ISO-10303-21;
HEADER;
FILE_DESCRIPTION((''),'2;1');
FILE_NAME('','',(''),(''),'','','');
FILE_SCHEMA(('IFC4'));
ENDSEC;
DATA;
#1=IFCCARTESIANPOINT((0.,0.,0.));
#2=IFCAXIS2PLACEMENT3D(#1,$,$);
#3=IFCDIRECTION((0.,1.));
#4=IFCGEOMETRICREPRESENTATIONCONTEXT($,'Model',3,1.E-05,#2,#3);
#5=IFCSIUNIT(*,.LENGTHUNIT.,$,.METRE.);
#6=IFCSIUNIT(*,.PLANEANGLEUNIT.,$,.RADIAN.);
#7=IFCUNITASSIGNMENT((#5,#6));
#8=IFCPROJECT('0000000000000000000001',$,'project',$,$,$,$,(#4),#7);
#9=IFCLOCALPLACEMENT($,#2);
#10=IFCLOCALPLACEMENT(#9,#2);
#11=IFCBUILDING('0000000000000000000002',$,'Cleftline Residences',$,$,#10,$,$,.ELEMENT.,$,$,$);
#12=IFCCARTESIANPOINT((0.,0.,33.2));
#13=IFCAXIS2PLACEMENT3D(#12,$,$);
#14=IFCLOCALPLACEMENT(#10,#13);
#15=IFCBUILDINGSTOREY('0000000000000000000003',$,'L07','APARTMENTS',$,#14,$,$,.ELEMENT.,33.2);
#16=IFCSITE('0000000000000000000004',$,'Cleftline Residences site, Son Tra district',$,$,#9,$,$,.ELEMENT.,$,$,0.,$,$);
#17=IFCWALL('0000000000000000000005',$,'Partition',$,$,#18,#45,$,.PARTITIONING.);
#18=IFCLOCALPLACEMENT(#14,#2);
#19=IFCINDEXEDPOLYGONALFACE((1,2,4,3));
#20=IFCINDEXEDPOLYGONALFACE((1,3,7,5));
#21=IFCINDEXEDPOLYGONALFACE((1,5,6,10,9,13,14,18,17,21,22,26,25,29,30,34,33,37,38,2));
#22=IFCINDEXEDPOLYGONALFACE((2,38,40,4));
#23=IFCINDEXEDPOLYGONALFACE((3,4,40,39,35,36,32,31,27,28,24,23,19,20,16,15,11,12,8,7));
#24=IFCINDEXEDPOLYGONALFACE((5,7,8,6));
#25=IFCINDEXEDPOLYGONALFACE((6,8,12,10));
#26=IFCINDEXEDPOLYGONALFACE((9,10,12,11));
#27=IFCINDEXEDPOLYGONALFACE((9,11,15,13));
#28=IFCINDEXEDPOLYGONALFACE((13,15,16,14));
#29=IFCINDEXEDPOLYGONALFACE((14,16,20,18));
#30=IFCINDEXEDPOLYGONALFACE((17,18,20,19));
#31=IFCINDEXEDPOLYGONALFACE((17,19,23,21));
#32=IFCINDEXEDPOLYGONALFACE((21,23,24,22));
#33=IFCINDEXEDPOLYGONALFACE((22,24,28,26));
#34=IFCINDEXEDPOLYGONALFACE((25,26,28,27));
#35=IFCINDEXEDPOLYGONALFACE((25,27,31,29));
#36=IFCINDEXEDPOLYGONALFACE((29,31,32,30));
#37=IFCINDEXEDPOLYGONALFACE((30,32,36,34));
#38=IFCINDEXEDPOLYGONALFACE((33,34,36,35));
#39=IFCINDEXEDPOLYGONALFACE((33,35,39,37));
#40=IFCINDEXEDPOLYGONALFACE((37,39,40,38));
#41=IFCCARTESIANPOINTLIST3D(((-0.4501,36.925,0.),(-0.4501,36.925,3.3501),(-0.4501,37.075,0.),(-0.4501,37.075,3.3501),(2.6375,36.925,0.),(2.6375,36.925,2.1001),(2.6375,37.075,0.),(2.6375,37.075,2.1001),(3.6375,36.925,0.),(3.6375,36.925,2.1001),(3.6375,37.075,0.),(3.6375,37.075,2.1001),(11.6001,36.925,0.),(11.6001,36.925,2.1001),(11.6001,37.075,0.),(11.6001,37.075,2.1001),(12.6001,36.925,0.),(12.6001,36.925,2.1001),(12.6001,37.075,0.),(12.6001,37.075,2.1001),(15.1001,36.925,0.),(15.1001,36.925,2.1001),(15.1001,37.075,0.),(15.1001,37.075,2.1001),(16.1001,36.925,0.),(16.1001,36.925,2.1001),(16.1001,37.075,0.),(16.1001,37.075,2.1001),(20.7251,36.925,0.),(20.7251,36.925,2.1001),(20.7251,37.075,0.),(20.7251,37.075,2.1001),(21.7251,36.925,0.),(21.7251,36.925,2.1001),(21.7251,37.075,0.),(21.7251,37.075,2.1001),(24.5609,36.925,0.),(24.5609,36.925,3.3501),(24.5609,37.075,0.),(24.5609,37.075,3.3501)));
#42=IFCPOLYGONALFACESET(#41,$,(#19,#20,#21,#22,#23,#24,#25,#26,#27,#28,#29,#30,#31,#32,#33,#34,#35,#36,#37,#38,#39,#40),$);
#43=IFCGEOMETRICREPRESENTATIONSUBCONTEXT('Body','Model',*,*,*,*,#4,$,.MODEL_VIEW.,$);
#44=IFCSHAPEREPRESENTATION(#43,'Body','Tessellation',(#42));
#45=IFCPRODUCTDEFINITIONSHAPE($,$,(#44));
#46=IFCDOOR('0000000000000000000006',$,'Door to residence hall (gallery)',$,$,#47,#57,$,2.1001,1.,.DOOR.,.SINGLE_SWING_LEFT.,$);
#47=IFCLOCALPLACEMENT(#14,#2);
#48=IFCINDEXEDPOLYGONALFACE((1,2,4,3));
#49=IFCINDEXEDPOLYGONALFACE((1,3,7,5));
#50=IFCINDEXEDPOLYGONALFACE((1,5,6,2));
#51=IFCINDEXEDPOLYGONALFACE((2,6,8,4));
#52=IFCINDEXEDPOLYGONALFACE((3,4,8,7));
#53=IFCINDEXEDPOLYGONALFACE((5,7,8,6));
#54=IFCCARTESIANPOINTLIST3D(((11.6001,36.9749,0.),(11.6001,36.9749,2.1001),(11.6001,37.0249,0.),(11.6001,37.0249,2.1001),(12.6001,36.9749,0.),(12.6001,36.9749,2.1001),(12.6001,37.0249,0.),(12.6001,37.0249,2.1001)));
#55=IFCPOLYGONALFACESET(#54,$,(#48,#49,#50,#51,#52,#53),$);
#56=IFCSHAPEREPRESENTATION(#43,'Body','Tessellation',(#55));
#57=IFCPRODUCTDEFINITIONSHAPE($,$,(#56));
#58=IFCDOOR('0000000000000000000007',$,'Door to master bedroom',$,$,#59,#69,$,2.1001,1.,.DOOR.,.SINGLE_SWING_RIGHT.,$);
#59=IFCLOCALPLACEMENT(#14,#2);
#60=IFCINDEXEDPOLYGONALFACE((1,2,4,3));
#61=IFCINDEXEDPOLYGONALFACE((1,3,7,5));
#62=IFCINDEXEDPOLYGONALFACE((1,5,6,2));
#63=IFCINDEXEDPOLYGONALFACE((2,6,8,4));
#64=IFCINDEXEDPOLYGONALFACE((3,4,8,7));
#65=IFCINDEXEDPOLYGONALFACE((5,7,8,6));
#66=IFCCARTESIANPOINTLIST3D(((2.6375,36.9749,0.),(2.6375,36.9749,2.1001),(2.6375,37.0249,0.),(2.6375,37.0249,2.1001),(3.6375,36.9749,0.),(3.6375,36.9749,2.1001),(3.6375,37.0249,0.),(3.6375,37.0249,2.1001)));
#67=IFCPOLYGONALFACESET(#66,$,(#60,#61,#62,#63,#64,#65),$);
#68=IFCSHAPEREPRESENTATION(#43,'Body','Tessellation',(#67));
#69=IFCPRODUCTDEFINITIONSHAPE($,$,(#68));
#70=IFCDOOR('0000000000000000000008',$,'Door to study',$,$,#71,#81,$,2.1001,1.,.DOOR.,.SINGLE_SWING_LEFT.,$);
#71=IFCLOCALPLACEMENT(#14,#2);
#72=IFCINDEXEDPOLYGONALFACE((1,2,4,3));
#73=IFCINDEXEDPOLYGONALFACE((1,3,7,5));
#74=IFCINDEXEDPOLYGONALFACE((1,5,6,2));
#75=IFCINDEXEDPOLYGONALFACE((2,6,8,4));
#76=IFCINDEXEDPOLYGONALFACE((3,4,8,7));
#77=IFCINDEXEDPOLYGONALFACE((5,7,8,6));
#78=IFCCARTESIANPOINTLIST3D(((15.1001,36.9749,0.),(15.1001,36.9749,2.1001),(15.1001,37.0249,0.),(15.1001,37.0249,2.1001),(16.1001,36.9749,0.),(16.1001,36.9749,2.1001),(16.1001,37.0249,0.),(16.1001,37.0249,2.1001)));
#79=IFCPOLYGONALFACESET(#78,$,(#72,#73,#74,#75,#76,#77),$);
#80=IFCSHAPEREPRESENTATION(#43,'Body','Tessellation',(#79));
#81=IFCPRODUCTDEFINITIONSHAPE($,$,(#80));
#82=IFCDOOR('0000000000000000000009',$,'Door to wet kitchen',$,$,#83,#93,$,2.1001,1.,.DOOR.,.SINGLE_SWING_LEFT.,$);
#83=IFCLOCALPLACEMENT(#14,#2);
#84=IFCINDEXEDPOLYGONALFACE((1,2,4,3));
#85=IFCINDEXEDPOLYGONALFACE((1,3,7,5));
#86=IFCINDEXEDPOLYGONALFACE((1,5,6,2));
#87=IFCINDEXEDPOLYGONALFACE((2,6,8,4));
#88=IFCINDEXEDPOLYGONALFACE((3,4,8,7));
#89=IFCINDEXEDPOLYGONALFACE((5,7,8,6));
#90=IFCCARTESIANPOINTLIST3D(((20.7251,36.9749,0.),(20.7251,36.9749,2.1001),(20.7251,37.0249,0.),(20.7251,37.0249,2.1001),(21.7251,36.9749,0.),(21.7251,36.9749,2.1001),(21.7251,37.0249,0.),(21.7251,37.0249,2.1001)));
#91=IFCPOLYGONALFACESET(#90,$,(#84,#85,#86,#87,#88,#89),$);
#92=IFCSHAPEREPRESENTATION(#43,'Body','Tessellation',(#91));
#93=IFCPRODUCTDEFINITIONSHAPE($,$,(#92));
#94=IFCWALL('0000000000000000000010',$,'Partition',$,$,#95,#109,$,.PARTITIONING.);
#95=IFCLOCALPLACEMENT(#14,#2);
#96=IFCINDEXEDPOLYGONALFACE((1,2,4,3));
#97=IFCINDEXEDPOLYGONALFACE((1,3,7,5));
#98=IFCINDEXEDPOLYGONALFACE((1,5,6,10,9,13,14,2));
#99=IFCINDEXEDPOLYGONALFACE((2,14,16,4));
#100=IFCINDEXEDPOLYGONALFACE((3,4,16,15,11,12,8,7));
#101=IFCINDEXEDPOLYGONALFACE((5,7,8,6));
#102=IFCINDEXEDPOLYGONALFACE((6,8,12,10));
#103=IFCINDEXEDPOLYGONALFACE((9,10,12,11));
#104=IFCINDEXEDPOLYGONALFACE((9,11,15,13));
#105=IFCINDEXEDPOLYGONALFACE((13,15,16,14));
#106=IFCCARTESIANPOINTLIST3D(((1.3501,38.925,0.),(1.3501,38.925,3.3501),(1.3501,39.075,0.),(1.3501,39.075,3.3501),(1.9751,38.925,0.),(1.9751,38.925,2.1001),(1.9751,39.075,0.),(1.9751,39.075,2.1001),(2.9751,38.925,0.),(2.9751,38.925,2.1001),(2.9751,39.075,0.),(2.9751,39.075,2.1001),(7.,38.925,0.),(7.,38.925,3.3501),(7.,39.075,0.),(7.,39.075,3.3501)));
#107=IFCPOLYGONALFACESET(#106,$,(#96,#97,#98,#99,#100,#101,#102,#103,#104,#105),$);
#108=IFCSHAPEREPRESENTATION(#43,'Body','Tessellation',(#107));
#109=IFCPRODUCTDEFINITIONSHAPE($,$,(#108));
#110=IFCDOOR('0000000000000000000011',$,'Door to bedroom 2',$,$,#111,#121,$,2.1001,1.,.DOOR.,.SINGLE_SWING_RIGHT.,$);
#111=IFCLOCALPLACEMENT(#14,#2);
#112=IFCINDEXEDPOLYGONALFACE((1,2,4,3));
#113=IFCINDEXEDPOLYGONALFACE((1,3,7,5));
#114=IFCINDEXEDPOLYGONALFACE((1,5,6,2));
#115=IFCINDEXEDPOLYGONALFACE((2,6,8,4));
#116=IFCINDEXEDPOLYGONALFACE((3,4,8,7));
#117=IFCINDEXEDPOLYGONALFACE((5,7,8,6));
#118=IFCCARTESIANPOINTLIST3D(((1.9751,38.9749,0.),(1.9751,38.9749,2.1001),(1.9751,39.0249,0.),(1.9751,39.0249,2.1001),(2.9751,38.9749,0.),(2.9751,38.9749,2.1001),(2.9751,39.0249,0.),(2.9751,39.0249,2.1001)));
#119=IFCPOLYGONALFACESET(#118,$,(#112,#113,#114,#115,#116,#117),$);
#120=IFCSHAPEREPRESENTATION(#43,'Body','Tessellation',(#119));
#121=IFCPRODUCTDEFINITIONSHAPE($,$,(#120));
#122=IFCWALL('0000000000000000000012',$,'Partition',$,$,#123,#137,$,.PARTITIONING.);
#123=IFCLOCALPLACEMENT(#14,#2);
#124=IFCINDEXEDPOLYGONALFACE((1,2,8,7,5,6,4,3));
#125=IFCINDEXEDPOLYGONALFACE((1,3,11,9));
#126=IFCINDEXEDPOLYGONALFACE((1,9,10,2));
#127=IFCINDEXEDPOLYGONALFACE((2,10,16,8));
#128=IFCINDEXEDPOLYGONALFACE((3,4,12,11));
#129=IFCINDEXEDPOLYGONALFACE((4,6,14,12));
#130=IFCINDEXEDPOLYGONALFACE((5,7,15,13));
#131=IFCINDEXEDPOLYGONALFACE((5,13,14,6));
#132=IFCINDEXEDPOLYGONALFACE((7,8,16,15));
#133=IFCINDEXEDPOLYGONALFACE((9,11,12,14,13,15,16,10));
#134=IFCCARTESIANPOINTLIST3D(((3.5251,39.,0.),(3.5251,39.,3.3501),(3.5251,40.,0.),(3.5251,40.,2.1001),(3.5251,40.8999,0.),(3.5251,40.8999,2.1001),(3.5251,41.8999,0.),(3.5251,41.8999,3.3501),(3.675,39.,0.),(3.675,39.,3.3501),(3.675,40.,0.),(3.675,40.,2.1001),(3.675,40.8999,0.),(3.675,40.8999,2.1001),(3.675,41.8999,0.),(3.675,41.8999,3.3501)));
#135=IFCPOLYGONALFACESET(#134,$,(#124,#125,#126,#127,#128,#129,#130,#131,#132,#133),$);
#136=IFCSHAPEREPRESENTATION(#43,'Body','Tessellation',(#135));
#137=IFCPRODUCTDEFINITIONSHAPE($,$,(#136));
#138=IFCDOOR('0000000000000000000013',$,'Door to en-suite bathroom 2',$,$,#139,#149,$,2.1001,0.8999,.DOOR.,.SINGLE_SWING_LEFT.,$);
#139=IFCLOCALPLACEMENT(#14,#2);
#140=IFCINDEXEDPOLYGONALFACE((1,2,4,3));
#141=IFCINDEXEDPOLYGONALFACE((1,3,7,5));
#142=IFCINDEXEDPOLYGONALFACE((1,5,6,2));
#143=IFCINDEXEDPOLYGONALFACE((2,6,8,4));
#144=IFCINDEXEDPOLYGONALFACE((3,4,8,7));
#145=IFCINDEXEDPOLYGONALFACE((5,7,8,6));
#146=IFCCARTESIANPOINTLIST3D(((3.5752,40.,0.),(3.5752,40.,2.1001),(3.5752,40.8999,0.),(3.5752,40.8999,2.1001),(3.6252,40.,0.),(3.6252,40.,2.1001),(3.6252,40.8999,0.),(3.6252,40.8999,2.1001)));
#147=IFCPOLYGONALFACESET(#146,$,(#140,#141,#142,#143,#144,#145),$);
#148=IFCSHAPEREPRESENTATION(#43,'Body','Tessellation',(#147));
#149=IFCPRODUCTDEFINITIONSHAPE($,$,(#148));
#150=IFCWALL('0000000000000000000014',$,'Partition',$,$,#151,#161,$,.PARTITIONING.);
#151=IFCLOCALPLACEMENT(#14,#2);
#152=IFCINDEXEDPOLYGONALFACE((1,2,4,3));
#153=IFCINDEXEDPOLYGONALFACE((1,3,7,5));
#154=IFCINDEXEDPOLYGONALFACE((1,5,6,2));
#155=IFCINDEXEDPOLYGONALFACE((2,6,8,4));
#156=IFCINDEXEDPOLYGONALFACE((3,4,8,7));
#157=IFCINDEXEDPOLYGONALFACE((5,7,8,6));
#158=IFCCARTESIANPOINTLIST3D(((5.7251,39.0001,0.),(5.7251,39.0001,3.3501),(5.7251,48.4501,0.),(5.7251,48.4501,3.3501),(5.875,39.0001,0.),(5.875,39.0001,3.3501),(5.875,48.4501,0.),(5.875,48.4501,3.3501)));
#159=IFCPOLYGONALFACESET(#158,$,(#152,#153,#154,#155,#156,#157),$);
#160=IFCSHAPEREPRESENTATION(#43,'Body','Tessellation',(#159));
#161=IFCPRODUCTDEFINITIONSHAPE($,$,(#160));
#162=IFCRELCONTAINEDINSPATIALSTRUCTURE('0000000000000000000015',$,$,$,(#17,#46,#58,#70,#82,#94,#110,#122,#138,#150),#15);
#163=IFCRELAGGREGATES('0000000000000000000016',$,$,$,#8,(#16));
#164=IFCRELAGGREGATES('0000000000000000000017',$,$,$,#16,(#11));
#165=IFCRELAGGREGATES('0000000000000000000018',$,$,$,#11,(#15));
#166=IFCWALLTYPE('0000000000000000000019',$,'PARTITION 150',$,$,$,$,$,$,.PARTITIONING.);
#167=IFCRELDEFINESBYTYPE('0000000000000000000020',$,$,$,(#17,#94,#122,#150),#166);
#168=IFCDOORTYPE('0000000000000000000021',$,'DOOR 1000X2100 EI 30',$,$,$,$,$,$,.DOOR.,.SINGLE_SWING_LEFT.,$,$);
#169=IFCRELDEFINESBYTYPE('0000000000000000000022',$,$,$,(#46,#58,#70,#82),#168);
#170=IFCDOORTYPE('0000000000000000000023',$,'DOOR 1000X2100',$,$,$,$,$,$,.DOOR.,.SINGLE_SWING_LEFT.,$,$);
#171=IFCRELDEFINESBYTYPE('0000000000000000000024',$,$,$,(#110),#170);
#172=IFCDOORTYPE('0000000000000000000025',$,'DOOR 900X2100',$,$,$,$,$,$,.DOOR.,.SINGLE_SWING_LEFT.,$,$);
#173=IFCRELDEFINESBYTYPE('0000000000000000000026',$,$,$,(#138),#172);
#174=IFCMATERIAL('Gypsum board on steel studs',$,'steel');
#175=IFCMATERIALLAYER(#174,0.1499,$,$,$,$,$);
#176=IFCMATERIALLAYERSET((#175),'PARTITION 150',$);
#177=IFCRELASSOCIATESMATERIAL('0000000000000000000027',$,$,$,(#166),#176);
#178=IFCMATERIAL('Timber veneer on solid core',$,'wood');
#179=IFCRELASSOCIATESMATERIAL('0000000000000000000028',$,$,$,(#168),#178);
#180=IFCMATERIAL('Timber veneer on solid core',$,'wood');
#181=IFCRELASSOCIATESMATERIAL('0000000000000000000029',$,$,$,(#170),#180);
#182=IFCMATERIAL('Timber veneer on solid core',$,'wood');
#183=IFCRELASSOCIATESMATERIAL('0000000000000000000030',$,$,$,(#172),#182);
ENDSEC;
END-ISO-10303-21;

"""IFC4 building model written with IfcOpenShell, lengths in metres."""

from ifc_helpers import new_model, si_unit, direction, frame, frame_2d, origin, place, context, subcontext, project, spatial, rectangle, extrude, material, layer, layer_set, type_object, element, fill, save


model = new_model("IFC4")

# Units and contexts
model_context = context("Model", 3, precision=1e-05, world=origin(), true_north=direction((0.0, 1.0)))
body_context = subcontext(model_context, "Body", "Model", "MODEL_VIEW")
ifc_project = project(units=[si_unit("LENGTHUNIT", "METRE"), si_unit("PLANEANGLEUNIT", "RADIAN")], contexts=[model_context])

# Site, building, storey
site_placement = place(None, origin())
site = spatial("IfcSite", under=ifc_project, at=site_placement, Name="Cleftline Residences site, Son Tra district", CompositionType="ELEMENT", RefElevation=0.0)
building_placement = place(site_placement, origin())
building = spatial("IfcBuilding", under=site, at=building_placement, Name="Cleftline Residences", CompositionType="ELEMENT")
storey_placement = place(building_placement, frame((0.0, 0.0, 33.2)))
storey = spatial("IfcBuildingStorey", under=building, at=storey_placement, Name="L07", Description="APARTMENTS", CompositionType="ELEMENT", Elevation=33.2)

# Shared definitions
ifc_material_1 = material(Name="Gypsum board on steel studs", Category="steel")
ifc_layer = layer(ifc_material_1, 0.1499)
ifc_layer_set = layer_set([ifc_layer], Name="PARTITION 150")
wall_type = type_object("IfcWallType", Name="PARTITION 150", PredefinedType="PARTITIONING", material=ifc_layer_set)

# Wall, openings, doors
wall_1_placement = place(storey_placement, frame((-0.45, 37.0, 0.0), z_axis=(0.0, 0.0, 1.0), x_axis=(1.0, 0.0, 0.0)))
wall_1 = element("IfcWall", 1, at=wall_1_placement, inside=storey, type_object=wall_type, Name="Partition", PredefinedType="PARTITIONING", context=body_context, shape_type="SweptSolid", body=[
    extrude(rectangle(XDim=25.011, YDim=0.1499, at=frame_2d((12.5054, 0.0))), origin(), (0.0, 0.0, 1.0), 3.3501),
])
opening_1_placement = place(wall_1_placement, frame((12.05, 0.0, 0.0)))
opening_1 = element("IfcOpeningElement", 2, at=opening_1_placement, cuts=wall_1, PredefinedType="OPENING", context=body_context, shape_type="SweptSolid", body=[
    extrude(rectangle(XDim=1.0, YDim=2.1001, at=frame_2d((0.5, 1.05))), frame((0.0, 0.085, 0.0), z_axis=(0.0, -1.0, 0.0), x_axis=(1.0, 0.0, 0.0)), (0.0, 0.0, 1.0), 0.1699),
])
opening_2_placement = place(wall_1_placement, frame((3.0874, 0.0, 0.0)))
opening_2 = element("IfcOpeningElement", 3, at=opening_2_placement, cuts=wall_1, PredefinedType="OPENING", context=body_context, shape_type="SweptSolid", body=[
    extrude(rectangle(XDim=1.0, YDim=2.1001, at=frame_2d((0.5, 1.05))), frame((0.0, 0.085, 0.0), z_axis=(0.0, -1.0, 0.0), x_axis=(1.0, 0.0, 0.0)), (0.0, 0.0, 1.0), 0.1699),
])
opening_3_placement = place(wall_1_placement, frame((15.55, 0.0, 0.0)))
opening_3 = element("IfcOpeningElement", 4, at=opening_3_placement, cuts=wall_1, PredefinedType="OPENING", context=body_context, shape_type="SweptSolid", body=[
    extrude(rectangle(XDim=1.0, YDim=2.1001, at=frame_2d((0.5, 1.05))), frame((0.0, 0.085, 0.0), z_axis=(0.0, -1.0, 0.0), x_axis=(1.0, 0.0, 0.0)), (0.0, 0.0, 1.0), 0.1699),
])
opening_4_placement = place(wall_1_placement, frame((21.175, 0.0, 0.0)))
opening_4 = element("IfcOpeningElement", 5, at=opening_4_placement, cuts=wall_1, PredefinedType="OPENING", context=body_context, shape_type="SweptSolid", body=[
    extrude(rectangle(XDim=1.0, YDim=2.1001, at=frame_2d((0.5, 1.05))), frame((0.0, 0.085, 0.0), z_axis=(0.0, -1.0, 0.0), x_axis=(1.0, 0.0, 0.0)), (0.0, 0.0, 1.0), 0.1699),
])
ifc_material_2 = material(Name="Timber veneer on solid core", Category="wood")
door_type_1 = type_object("IfcDoorType", Name="DOOR 1000X2100 EI 30", OperationType="SINGLE_SWING_LEFT", PredefinedType="DOOR", material=ifc_material_2)
door_1_placement = place(opening_1_placement, origin())
door_1 = element("IfcDoor", 6, at=door_1_placement, inside=storey, type_object=door_type_1, Name="Door to residence hall (gallery)", OperationType="SINGLE_SWING_LEFT", OverallHeight=2.1001, OverallWidth=1.0, PredefinedType="DOOR", context=body_context, shape_type="SweptSolid", body=[
    extrude(rectangle(XDim=1.0, YDim=2.1001, at=frame_2d((0.5, 1.05))), frame((0.0, 0.0249, 0.0), z_axis=(0.0, -1.0, 0.0), x_axis=(1.0, 0.0, 0.0)), (0.0, 0.0, 1.0), 0.05),
])
fill(opening_1, door_1)
door_2_placement = place(opening_2_placement, origin())
door_2 = element("IfcDoor", 7, at=door_2_placement, inside=storey, type_object=door_type_1, Name="Door to master bedroom", OperationType="SINGLE_SWING_RIGHT", OverallHeight=2.1001, OverallWidth=1.0, PredefinedType="DOOR", context=body_context, shape_type="SweptSolid", body=[
    extrude(rectangle(XDim=1.0, YDim=2.1001, at=frame_2d((0.5, 1.05))), frame((0.0, 0.0249, 0.0), z_axis=(0.0, -1.0, 0.0), x_axis=(1.0, 0.0, 0.0)), (0.0, 0.0, 1.0), 0.05),
])
fill(opening_2, door_2)
door_3_placement = place(opening_3_placement, origin())
door_3 = element("IfcDoor", 8, at=door_3_placement, inside=storey, type_object=door_type_1, Name="Door to study", OperationType="SINGLE_SWING_LEFT", OverallHeight=2.1001, OverallWidth=1.0, PredefinedType="DOOR", context=body_context, shape_type="SweptSolid", body=[
    extrude(rectangle(XDim=1.0, YDim=2.1001, at=frame_2d((0.5, 1.05))), frame((0.0, 0.0249, 0.0), z_axis=(0.0, -1.0, 0.0), x_axis=(1.0, 0.0, 0.0)), (0.0, 0.0, 1.0), 0.05),
])
fill(opening_3, door_3)
door_4_placement = place(opening_4_placement, origin())
door_4 = element("IfcDoor", 9, at=door_4_placement, inside=storey, type_object=door_type_1, Name="Door to wet kitchen", OperationType="SINGLE_SWING_LEFT", OverallHeight=2.1001, OverallWidth=1.0, PredefinedType="DOOR", context=body_context, shape_type="SweptSolid", body=[
    extrude(rectangle(XDim=1.0, YDim=2.1001, at=frame_2d((0.5, 1.05))), frame((0.0, 0.0249, 0.0), z_axis=(0.0, -1.0, 0.0), x_axis=(1.0, 0.0, 0.0)), (0.0, 0.0, 1.0), 0.05),
])
fill(opening_4, door_4)

# Walls, openings, doors
wall_2_placement = place(storey_placement, frame((1.3501, 39.0, 0.0), z_axis=(0.0, 0.0, 1.0), x_axis=(1.0, 0.0, 0.0)))
wall_2 = element("IfcWall", 10, at=wall_2_placement, inside=storey, type_object=wall_type, Name="Partition", PredefinedType="PARTITIONING", context=body_context, shape_type="SweptSolid", body=[
    extrude(rectangle(XDim=5.6499, YDim=0.1499, at=frame_2d((2.825, 0.0))), origin(), (0.0, 0.0, 1.0), 3.3501),
])
opening_5_placement = place(wall_2_placement, frame((0.625, 0.0, 0.0)))
opening_5 = element("IfcOpeningElement", 11, at=opening_5_placement, cuts=wall_2, PredefinedType="OPENING", context=body_context, shape_type="SweptSolid", body=[
    extrude(rectangle(XDim=1.0, YDim=2.1001, at=frame_2d((0.5, 1.05))), frame((0.0, 0.085, 0.0), z_axis=(0.0, -1.0, 0.0), x_axis=(1.0, 0.0, 0.0)), (0.0, 0.0, 1.0), 0.1699),
])
ifc_material_3 = material(Name="Timber veneer on solid core", Category="wood")
door_type_2 = type_object("IfcDoorType", Name="DOOR 1000X2100", OperationType="SINGLE_SWING_LEFT", PredefinedType="DOOR", material=ifc_material_3)
door_5_placement = place(opening_5_placement, origin())
door_5 = element("IfcDoor", 12, at=door_5_placement, inside=storey, type_object=door_type_2, Name="Door to bedroom 2", OperationType="SINGLE_SWING_RIGHT", OverallHeight=2.1001, OverallWidth=1.0, PredefinedType="DOOR", context=body_context, shape_type="SweptSolid", body=[
    extrude(rectangle(XDim=1.0, YDim=2.1001, at=frame_2d((0.5, 1.05))), frame((0.0, 0.0249, 0.0), z_axis=(0.0, -1.0, 0.0), x_axis=(1.0, 0.0, 0.0)), (0.0, 0.0, 1.0), 0.05),
])
fill(opening_5, door_5)
wall_3_placement = place(storey_placement, frame((3.6001, 39.0, 0.0), z_axis=(0.0, 0.0, 1.0), x_axis=(0.0, 1.0, 0.0)))
wall_3 = element("IfcWall", 13, at=wall_3_placement, inside=storey, type_object=wall_type, Name="Partition", PredefinedType="PARTITIONING", context=body_context, shape_type="SweptSolid", body=[
    extrude(rectangle(XDim=2.8999, YDim=0.1499, at=frame_2d((1.45, 0.0))), origin(), (0.0, 0.0, 1.0), 3.3501),
])
opening_6_placement = place(wall_3_placement, frame((1.0, 0.0, 0.0)))
opening_6 = element("IfcOpeningElement", 14, at=opening_6_placement, cuts=wall_3, PredefinedType="OPENING", context=body_context, shape_type="SweptSolid", body=[
    extrude(rectangle(XDim=0.8999, YDim=2.1001, at=frame_2d((0.45, 1.05))), frame((0.0, 0.085, 0.0), z_axis=(0.0, -1.0, 0.0), x_axis=(1.0, 0.0, 0.0)), (0.0, 0.0, 1.0), 0.1699),
])
ifc_material_4 = material(Name="Timber veneer on solid core", Category="wood")
door_type_3 = type_object("IfcDoorType", Name="DOOR 900X2100", OperationType="SINGLE_SWING_LEFT", PredefinedType="DOOR", material=ifc_material_4)
door_6_placement = place(opening_6_placement, origin())
door_6 = element("IfcDoor", 15, at=door_6_placement, inside=storey, type_object=door_type_3, Name="Door to en-suite bathroom 2", OperationType="SINGLE_SWING_LEFT", OverallHeight=2.1001, OverallWidth=0.8999, PredefinedType="DOOR", context=body_context, shape_type="SweptSolid", body=[
    extrude(rectangle(XDim=0.8999, YDim=2.1001, at=frame_2d((0.45, 1.05))), frame((0.0, 0.0249, 0.0), z_axis=(0.0, -1.0, 0.0), x_axis=(1.0, 0.0, 0.0)), (0.0, 0.0, 1.0), 0.05),
])
fill(opening_6, door_6)

# Wall
wall_4_placement = place(storey_placement, frame((5.8, 39.0, 0.0), z_axis=(0.0, 0.0, 1.0), x_axis=(0.0, 1.0, 0.0)))
element("IfcWall", 16, at=wall_4_placement, inside=storey, type_object=wall_type, Name="Partition", PredefinedType="PARTITIONING", context=body_context, shape_type="SweptSolid", body=[
    extrude(rectangle(XDim=9.45, YDim=0.1499, at=frame_2d((4.7251, 0.0))), origin(), (0.0, 0.0, 1.0), 3.3501),
])

save(model, "model.ifc")
